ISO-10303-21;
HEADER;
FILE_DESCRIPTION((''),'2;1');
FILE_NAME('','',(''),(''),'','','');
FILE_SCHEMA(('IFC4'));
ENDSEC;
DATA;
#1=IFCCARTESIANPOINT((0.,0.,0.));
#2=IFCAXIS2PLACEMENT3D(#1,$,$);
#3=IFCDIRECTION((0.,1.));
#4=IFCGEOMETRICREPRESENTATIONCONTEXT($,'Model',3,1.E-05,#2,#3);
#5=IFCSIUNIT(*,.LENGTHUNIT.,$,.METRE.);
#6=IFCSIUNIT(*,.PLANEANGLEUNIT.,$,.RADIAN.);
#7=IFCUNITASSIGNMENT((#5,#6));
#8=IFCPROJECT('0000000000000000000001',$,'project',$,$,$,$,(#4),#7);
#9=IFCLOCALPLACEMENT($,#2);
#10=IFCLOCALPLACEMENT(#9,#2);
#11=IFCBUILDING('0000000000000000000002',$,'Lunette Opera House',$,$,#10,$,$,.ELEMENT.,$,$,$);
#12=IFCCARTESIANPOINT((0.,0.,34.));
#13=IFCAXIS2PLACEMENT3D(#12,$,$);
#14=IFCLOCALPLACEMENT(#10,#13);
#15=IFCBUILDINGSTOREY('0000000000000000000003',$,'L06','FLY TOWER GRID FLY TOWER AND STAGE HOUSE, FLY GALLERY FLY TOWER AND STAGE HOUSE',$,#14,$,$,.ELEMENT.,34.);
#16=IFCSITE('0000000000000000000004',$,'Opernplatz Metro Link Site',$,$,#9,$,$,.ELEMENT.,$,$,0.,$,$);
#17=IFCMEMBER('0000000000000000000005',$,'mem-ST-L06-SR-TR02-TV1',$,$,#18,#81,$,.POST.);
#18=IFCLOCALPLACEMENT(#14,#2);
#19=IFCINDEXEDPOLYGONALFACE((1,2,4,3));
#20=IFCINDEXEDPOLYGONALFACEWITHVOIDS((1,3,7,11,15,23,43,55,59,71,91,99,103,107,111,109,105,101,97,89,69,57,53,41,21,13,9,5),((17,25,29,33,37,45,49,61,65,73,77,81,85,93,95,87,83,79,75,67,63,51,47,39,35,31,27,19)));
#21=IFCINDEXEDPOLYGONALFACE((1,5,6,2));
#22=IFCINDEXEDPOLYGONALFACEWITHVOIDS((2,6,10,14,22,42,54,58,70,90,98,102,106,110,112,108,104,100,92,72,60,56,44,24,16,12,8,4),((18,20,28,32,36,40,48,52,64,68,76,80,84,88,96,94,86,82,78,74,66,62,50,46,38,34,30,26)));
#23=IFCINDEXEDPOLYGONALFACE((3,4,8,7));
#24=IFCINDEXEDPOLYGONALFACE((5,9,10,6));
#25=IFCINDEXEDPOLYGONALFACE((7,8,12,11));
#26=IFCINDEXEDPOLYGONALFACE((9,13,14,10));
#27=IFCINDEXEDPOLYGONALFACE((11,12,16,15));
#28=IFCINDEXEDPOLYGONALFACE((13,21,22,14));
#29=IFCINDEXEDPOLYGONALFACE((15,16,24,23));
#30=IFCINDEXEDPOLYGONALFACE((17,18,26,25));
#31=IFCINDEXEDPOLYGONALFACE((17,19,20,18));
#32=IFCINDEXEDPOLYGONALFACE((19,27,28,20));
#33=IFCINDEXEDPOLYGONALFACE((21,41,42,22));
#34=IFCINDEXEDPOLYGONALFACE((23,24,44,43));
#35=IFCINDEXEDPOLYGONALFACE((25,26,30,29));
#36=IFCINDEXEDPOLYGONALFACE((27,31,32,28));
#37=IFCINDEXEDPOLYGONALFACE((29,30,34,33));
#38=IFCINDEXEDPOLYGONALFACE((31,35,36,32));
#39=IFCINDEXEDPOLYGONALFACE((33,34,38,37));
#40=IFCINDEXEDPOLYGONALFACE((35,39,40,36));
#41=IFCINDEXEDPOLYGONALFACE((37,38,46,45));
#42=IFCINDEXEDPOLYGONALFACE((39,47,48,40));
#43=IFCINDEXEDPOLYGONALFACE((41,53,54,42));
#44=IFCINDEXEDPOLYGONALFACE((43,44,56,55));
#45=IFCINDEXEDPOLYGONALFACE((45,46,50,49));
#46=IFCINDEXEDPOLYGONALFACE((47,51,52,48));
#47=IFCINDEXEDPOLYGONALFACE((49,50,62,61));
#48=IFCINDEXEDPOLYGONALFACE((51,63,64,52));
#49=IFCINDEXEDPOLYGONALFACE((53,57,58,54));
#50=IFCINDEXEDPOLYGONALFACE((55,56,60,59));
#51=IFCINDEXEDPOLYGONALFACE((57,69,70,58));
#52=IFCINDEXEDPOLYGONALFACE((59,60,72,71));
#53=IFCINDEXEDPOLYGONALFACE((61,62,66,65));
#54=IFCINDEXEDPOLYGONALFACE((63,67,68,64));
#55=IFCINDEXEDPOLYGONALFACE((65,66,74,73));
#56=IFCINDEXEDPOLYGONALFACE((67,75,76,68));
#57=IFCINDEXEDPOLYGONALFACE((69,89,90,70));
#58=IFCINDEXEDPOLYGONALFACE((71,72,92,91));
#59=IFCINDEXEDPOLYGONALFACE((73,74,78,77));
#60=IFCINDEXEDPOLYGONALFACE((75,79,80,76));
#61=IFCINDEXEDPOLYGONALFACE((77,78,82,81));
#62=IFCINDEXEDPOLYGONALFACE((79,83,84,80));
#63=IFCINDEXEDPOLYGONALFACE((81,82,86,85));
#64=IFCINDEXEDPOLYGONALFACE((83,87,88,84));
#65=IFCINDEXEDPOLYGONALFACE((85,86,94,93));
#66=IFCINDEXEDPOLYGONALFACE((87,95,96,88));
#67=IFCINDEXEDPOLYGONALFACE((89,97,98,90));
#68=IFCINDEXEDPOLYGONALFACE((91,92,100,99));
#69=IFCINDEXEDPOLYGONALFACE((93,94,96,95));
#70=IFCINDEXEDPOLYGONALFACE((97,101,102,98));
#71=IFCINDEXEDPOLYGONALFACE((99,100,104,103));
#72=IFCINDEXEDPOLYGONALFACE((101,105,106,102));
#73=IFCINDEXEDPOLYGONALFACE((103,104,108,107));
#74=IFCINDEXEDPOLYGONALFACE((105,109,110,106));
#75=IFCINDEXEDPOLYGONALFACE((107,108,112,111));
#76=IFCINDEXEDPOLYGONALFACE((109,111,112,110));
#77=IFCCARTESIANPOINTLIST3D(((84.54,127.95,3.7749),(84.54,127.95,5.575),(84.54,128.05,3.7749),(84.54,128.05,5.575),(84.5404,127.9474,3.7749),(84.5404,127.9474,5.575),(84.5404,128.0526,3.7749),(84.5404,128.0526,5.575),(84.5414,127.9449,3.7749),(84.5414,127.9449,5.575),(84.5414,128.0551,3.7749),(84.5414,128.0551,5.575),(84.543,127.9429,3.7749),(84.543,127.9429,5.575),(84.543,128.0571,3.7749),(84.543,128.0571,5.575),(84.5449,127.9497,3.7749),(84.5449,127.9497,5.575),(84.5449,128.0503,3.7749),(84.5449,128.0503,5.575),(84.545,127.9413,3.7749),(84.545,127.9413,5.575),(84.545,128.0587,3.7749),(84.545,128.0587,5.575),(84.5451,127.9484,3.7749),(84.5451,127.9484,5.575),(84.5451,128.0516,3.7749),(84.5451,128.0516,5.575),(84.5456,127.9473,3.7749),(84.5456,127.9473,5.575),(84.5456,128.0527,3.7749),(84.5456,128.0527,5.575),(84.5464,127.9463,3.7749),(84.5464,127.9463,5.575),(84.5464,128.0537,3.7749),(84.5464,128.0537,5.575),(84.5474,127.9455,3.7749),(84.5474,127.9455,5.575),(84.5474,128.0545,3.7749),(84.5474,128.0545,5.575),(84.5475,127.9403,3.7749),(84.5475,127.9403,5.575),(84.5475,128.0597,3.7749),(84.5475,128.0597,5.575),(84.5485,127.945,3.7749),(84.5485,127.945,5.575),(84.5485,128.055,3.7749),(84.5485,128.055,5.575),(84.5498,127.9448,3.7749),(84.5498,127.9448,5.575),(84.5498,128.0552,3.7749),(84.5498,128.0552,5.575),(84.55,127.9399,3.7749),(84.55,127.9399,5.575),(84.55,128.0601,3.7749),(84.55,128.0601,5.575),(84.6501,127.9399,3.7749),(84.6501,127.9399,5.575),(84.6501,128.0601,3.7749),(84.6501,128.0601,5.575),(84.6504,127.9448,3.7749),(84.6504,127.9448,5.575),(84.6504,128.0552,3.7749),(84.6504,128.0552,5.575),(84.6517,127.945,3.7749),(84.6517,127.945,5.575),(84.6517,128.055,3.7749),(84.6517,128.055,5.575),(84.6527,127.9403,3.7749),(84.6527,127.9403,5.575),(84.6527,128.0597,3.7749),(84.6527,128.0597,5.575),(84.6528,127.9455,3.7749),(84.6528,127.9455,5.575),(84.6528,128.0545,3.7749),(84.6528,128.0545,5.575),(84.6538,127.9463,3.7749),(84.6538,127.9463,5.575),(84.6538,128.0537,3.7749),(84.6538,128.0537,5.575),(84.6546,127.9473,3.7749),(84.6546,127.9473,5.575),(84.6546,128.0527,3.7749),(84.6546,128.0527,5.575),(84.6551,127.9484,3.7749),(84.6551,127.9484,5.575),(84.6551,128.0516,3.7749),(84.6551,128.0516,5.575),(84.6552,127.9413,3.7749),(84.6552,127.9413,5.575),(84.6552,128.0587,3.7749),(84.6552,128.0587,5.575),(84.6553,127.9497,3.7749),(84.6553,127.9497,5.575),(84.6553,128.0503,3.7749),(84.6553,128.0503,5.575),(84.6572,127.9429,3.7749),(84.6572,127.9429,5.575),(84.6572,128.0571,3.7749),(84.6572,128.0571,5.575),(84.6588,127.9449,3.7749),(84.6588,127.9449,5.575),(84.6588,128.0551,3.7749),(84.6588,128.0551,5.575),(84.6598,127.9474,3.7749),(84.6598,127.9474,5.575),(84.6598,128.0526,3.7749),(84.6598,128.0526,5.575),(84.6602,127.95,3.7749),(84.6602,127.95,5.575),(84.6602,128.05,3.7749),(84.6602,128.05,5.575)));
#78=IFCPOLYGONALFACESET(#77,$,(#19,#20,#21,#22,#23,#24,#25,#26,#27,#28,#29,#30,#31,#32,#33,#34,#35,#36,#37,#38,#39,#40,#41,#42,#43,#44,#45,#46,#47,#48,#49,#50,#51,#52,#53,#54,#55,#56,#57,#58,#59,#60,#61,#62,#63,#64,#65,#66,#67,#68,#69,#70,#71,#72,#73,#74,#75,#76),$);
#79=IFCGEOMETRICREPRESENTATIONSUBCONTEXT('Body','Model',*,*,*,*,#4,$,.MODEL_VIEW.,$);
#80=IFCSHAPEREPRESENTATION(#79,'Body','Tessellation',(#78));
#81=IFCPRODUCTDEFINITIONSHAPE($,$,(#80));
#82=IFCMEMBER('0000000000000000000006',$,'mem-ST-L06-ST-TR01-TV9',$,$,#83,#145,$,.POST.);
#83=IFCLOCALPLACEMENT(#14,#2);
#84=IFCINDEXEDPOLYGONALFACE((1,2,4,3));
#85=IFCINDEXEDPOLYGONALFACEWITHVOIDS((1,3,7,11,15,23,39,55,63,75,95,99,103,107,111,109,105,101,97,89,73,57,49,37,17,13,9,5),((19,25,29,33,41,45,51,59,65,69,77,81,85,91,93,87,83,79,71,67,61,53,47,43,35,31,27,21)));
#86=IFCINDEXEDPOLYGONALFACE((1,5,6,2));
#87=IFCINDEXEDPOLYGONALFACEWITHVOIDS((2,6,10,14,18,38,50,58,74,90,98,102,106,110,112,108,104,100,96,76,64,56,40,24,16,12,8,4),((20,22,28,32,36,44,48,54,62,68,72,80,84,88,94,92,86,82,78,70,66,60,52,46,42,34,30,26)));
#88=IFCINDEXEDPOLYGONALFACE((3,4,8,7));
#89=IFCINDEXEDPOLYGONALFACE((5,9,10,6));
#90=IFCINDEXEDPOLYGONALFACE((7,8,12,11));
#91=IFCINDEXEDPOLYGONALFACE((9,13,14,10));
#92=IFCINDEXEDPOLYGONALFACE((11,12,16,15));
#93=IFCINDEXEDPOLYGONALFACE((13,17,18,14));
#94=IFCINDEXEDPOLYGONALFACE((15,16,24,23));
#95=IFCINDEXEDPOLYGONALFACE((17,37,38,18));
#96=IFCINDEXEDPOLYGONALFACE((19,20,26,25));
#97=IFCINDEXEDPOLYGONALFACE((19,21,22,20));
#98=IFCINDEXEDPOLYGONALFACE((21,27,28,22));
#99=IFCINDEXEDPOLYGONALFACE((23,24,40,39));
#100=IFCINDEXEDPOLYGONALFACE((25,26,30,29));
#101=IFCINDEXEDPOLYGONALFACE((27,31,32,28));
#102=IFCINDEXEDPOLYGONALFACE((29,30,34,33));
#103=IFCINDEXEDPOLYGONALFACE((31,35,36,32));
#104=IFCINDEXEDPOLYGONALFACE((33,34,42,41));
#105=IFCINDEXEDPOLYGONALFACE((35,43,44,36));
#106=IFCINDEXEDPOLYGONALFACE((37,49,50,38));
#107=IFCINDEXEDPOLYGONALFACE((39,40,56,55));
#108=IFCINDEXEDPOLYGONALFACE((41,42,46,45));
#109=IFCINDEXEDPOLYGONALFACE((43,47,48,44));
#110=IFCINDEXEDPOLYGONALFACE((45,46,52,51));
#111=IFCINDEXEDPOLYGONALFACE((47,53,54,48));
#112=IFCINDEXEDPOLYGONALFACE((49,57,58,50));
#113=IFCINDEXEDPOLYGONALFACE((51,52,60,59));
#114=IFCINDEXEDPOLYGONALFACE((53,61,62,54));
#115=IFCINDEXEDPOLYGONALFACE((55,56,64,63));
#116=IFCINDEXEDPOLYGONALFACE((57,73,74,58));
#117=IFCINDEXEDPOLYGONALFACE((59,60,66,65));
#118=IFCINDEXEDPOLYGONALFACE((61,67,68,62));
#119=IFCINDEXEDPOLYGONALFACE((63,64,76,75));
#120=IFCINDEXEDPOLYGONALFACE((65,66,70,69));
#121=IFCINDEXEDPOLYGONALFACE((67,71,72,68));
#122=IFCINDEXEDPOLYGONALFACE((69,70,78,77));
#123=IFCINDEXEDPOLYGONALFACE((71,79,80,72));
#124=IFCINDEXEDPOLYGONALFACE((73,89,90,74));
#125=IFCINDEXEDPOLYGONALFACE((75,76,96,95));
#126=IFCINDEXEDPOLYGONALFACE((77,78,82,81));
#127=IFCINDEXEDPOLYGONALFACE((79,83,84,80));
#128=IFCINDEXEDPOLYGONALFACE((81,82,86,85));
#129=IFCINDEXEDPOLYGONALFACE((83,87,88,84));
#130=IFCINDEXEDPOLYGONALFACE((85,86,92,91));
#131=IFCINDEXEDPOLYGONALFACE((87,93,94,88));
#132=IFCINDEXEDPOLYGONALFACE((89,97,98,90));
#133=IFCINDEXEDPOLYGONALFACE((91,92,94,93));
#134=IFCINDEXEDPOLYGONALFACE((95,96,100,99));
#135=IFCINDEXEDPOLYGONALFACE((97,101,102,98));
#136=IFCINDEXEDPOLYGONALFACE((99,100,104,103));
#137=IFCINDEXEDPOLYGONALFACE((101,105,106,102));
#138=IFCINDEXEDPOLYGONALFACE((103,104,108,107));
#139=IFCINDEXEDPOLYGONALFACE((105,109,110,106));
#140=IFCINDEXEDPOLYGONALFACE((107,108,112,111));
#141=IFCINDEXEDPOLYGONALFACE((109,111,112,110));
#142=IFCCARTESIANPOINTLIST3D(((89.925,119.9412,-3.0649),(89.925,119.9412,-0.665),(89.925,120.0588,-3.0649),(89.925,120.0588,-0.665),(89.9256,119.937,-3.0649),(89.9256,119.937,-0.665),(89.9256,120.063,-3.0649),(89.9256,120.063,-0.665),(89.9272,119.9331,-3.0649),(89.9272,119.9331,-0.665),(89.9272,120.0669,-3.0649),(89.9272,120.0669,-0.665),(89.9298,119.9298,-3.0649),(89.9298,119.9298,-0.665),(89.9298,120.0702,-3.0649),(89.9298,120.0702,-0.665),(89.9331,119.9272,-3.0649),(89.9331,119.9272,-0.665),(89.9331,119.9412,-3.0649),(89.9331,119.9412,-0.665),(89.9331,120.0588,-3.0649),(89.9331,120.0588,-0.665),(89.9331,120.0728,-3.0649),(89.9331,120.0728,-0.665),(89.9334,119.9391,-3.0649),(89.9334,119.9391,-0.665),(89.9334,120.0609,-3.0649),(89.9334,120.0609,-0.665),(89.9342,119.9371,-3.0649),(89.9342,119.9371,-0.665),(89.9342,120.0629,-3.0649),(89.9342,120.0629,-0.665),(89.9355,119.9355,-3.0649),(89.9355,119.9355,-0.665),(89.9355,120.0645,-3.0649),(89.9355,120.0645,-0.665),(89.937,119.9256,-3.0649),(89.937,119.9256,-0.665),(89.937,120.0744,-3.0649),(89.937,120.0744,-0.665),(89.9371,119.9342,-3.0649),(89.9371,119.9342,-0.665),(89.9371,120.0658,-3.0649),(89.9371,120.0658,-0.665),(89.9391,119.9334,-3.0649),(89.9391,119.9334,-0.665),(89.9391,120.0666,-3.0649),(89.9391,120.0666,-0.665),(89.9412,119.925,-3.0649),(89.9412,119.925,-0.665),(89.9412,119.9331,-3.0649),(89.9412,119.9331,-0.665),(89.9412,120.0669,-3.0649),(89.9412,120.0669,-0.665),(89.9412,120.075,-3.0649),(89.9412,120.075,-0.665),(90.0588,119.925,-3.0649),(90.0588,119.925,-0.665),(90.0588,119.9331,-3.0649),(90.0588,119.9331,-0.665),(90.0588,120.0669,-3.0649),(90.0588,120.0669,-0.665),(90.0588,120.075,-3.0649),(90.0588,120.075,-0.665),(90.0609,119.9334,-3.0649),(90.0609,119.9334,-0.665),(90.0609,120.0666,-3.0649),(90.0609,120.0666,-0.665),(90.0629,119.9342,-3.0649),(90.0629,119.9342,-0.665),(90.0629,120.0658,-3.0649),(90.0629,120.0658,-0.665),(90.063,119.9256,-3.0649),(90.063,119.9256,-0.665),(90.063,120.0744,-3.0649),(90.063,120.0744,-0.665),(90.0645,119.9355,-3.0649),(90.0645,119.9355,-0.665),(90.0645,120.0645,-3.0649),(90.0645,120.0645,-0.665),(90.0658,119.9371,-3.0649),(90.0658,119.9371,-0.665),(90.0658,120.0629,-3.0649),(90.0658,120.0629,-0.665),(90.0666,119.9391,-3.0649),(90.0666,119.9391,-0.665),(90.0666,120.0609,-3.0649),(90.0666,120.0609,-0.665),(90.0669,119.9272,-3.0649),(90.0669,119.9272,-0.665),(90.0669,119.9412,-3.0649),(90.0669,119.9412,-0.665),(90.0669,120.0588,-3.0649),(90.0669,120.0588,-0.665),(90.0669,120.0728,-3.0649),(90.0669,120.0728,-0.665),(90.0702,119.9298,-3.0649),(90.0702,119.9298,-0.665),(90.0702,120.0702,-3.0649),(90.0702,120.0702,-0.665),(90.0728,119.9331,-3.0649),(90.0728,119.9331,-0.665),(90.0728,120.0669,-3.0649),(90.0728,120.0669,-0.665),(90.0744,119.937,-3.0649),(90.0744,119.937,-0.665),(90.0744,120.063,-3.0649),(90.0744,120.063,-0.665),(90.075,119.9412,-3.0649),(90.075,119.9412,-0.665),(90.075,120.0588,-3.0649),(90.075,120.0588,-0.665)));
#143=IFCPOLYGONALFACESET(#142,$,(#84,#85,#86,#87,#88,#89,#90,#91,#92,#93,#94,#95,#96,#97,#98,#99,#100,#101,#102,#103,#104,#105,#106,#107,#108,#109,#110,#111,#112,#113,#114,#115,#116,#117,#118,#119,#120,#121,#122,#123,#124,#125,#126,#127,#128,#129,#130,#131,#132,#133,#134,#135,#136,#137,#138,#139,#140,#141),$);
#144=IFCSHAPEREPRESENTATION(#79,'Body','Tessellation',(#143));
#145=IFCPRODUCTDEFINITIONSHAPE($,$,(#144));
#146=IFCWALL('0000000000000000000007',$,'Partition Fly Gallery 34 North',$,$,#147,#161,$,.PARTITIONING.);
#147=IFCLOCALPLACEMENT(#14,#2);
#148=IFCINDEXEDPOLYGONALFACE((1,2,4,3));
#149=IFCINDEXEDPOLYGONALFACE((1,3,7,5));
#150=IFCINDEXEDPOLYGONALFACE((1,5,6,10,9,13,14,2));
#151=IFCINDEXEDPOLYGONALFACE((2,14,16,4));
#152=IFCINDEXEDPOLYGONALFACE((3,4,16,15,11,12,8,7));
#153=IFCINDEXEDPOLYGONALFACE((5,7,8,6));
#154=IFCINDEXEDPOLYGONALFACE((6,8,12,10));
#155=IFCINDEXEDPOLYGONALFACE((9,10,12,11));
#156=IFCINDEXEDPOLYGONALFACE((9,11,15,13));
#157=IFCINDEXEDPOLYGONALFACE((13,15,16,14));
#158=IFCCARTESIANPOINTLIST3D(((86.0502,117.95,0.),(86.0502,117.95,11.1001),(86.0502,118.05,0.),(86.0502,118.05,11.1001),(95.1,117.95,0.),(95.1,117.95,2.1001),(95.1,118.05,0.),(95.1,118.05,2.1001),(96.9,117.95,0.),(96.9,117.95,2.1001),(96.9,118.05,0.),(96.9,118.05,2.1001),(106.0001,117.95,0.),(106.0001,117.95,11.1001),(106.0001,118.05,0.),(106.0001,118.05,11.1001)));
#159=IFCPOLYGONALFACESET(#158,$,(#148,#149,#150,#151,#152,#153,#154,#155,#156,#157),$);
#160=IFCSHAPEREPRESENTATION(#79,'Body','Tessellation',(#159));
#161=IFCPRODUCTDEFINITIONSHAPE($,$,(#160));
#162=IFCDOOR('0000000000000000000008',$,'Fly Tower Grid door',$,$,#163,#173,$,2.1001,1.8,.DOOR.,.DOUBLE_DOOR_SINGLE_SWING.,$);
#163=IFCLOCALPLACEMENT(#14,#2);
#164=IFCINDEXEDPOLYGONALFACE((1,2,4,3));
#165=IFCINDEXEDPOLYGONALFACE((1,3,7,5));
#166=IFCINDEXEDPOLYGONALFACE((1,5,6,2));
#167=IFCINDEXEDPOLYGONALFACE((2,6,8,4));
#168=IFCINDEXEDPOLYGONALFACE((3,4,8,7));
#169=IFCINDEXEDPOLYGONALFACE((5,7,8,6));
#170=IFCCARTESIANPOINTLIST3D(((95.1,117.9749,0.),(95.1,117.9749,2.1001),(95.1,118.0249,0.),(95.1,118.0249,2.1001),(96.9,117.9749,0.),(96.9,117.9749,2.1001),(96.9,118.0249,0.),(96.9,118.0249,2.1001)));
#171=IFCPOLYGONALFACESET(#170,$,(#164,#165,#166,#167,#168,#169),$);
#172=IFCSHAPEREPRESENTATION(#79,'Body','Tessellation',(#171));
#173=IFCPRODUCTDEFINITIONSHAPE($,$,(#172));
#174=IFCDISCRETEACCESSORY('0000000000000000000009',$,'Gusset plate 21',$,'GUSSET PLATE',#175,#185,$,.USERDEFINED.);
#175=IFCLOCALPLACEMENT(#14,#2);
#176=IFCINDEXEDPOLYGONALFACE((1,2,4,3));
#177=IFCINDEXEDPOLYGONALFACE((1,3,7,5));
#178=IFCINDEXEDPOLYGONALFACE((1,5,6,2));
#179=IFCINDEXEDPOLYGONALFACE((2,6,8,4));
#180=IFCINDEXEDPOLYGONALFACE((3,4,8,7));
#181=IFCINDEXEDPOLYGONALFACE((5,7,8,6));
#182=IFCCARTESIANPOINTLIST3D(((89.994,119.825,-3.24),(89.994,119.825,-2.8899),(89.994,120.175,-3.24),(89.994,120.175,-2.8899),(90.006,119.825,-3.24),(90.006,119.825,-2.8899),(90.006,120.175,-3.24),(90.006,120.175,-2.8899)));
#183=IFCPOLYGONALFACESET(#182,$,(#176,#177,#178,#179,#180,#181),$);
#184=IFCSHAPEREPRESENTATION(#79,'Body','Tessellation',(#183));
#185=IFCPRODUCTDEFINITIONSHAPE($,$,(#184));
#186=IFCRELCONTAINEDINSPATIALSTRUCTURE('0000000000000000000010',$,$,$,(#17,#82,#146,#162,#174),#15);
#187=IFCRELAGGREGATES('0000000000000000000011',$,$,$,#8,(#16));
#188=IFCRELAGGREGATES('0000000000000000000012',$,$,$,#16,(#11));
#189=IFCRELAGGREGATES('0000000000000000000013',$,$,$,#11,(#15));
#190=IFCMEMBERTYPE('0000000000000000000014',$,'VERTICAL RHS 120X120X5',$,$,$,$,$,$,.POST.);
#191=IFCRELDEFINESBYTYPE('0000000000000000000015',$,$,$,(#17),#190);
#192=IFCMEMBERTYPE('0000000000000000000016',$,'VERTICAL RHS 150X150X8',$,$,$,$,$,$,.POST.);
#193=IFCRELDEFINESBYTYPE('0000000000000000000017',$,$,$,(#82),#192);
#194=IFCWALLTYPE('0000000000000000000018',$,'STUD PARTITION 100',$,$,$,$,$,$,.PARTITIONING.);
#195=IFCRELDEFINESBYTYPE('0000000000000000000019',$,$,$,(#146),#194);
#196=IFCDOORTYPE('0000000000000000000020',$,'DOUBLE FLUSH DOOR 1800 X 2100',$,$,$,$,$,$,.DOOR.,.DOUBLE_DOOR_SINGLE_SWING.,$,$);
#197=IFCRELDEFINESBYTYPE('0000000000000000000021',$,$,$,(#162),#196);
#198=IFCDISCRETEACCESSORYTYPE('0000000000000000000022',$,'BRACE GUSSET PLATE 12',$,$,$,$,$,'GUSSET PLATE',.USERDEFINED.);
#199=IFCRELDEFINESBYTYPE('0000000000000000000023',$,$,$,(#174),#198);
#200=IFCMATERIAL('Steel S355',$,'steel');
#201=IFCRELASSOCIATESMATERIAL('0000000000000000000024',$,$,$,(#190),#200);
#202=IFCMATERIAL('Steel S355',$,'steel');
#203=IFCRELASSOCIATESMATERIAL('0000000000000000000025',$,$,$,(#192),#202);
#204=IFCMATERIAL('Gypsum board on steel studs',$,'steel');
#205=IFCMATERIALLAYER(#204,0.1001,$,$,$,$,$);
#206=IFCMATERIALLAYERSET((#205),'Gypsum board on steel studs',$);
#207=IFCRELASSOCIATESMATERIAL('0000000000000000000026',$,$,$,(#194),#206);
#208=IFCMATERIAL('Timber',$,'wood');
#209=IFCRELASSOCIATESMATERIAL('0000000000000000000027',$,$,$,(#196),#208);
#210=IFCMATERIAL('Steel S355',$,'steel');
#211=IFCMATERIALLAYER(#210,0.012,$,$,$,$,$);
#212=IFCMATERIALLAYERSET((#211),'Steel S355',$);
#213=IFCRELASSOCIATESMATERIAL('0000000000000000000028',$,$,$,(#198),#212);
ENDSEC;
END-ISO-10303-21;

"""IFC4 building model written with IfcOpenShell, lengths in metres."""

from ifc_helpers import new_model, si_unit, direction, frame, frame_2d, origin, origin_2d, place, context, subcontext, project, spatial, rectangle, hollow_rectangle, extrude, material, layer, layer_set, material_profile, profile_set, type_object, element, fill, save


model = new_model("IFC4")

# Units and contexts
model_context = context("Model", 3, precision=1e-05, world=origin(), true_north=direction((0.0, 1.0)))
body_context = subcontext(model_context, "Body", "Model", "MODEL_VIEW")
ifc_project = project(units=[si_unit("LENGTHUNIT", "METRE"), si_unit("PLANEANGLEUNIT", "RADIAN")], contexts=[model_context])

# Site, building, storey
site_placement = place(None, origin())
site = spatial("IfcSite", under=ifc_project, at=site_placement, Name="Opernplatz Metro Link Site", CompositionType="ELEMENT", RefElevation=0.0)
building_placement = place(site_placement, origin())
building = spatial("IfcBuilding", under=site, at=building_placement, Name="Lunette Opera House", CompositionType="ELEMENT")
storey_placement = place(building_placement, frame((0.0, 0.0, 34.0)))
storey = spatial("IfcBuildingStorey", under=building, at=storey_placement, Name="L06", Description="FLY TOWER GRID FLY TOWER AND STAGE HOUSE, FLY GALLERY FLY TOWER AND STAGE HOUSE", CompositionType="ELEMENT", Elevation=34.0)

# Members
ifc_material_1 = material(Name="Steel S355", Category="steel")
ifc_material_profile_1 = material_profile(ifc_material_1, hollow_rectangle(XDim=0.1201, YDim=0.1201, WallThickness=0.0049, InnerFilletRadius=0.0049, OuterFilletRadius=0.01, at=origin_2d()), Name="RHS 120X120X5")
ifc_profile_set_1 = profile_set([ifc_material_profile_1], Name="Steel S355")
member_type_1 = type_object("IfcMemberType", Name="VERTICAL RHS 120X120X5", PredefinedType="POST", material=ifc_profile_set_1)
for number, where, z_axis, x_axis, name in (
    (1, (84.6001, 128.0, 3.7749), (0.0, 0.0, 1.0), (1.0, 0.0, 0.0), "mem-ST-L06-SR-TR02-TV1"),
):
    element("IfcMember", number, at=place(storey_placement, frame(where, z_axis=z_axis, x_axis=x_axis)), inside=storey, type_object=member_type_1, Name=name, PredefinedType="POST", context=body_context, shape_type="SweptSolid", body=[
        extrude(hollow_rectangle(XDim=0.1201, YDim=0.1201, WallThickness=0.0049, InnerFilletRadius=0.0049, OuterFilletRadius=0.01, at=origin_2d()), origin(), (0.0, 0.0, 1.0), 1.8),
    ])
ifc_material_2 = material(Name="Steel S355", Category="steel")
ifc_material_profile_2 = material_profile(ifc_material_2, hollow_rectangle(XDim=0.1499, YDim=0.1499, WallThickness=0.0081, InnerFilletRadius=0.0081, OuterFilletRadius=0.0161, at=origin_2d()), Name="RHS 150X150X8")
ifc_profile_set_2 = profile_set([ifc_material_profile_2], Name="Steel S355")
member_type_2 = type_object("IfcMemberType", Name="VERTICAL RHS 150X150X8", PredefinedType="POST", material=ifc_profile_set_2)
member_1_placement = place(storey_placement, frame((90.0, 120.0, -3.0649), z_axis=(0.0, 0.0, 1.0), x_axis=(1.0, 0.0, 0.0)))
element("IfcMember", 2, at=member_1_placement, inside=storey, type_object=member_type_2, Name="mem-ST-L06-ST-TR01-TV9", PredefinedType="POST", context=body_context, shape_type="SweptSolid", body=[
    extrude(hollow_rectangle(XDim=0.1499, YDim=0.1499, WallThickness=0.0081, InnerFilletRadius=0.0081, OuterFilletRadius=0.0161, at=origin_2d()), origin(), (0.0, 0.0, 1.0), 2.3999),
])

# Wall, opening, door
ifc_material_3 = material(Name="Gypsum board on steel studs", Category="steel")
ifc_layer_1 = layer(ifc_material_3, 0.1001)
ifc_layer_set_1 = layer_set([ifc_layer_1], Name="Gypsum board on steel studs")
wall_type = type_object("IfcWallType", Name="STUD PARTITION 100", PredefinedType="PARTITIONING", material=ifc_layer_set_1)
wall_placement = place(storey_placement, frame((86.05, 118.0, 0.0), z_axis=(0.0, 0.0, 1.0), x_axis=(1.0, 0.0, 0.0)))
wall = element("IfcWall", 3, at=wall_placement, inside=storey, type_object=wall_type, Name="Partition Fly Gallery 34 North", PredefinedType="PARTITIONING", context=body_context, shape_type="SweptSolid", body=[
    extrude(rectangle(XDim=19.95, YDim=0.1001, at=frame_2d((9.9751, 0.0))), origin(), (0.0, 0.0, 1.0), 11.1001),
])
opening_placement = place(wall_placement, frame((9.05, 0.0, 0.0)))
opening = element("IfcOpeningElement", 4, at=opening_placement, cuts=wall, PredefinedType="OPENING", context=body_context, shape_type="SweptSolid", body=[
    extrude(rectangle(XDim=1.8, YDim=2.1001, at=frame_2d((0.8999, 1.05))), frame((0.0, 0.062, 0.0), z_axis=(0.0, -1.0, 0.0), x_axis=(1.0, 0.0, 0.0)), (0.0, 0.0, 1.0), 0.124),
])
ifc_material_4 = material(Name="Timber", Category="wood")
door_type = type_object("IfcDoorType", Name="DOUBLE FLUSH DOOR 1800 X 2100", OperationType="DOUBLE_DOOR_SINGLE_SWING", PredefinedType="DOOR", material=ifc_material_4)
door_placement = place(opening_placement, origin())
door = element("IfcDoor", 5, at=door_placement, inside=storey, type_object=door_type, Name="Fly Tower Grid door", OperationType="DOUBLE_DOOR_SINGLE_SWING", OverallHeight=2.1001, OverallWidth=1.8, PredefinedType="DOOR", context=body_context, shape_type="SweptSolid", body=[
    extrude(rectangle(XDim=1.8, YDim=2.1001, at=frame_2d((0.8999, 1.05))), frame((0.0, 0.0249, 0.0), z_axis=(0.0, -1.0, 0.0), x_axis=(1.0, 0.0, 0.0)), (0.0, 0.0, 1.0), 0.05),
])
fill(opening, door)

# Discrete accessory
ifc_material_5 = material(Name="Steel S355", Category="steel")
ifc_layer_2 = layer(ifc_material_5, 0.012)
ifc_layer_set_2 = layer_set([ifc_layer_2], Name="Steel S355")
discrete_accessory_type = type_object("IfcDiscreteAccessoryType", Name="BRACE GUSSET PLATE 12", ElementType="GUSSET PLATE", PredefinedType="USERDEFINED", material=ifc_layer_set_2)
for number, where, z_axis, x_axis, name in (
    (6, (90.0, 120.0, -3.24), (0.0, 0.0, 1.0), (0.0, 1.0, 0.0), "Gusset plate 21"),
):
    element("IfcDiscreteAccessory", number, at=place(storey_placement, frame(where, z_axis=z_axis, x_axis=x_axis)), inside=storey, type_object=discrete_accessory_type, Name=name, ObjectType="GUSSET PLATE", PredefinedType="USERDEFINED", context=body_context, shape_type="SweptSolid", body=[
        extrude(rectangle(XDim=0.3501, YDim=0.012, at=origin_2d()), origin(), (0.0, 0.0, 1.0), 0.3501),
    ])

save(model, "model.ifc")
